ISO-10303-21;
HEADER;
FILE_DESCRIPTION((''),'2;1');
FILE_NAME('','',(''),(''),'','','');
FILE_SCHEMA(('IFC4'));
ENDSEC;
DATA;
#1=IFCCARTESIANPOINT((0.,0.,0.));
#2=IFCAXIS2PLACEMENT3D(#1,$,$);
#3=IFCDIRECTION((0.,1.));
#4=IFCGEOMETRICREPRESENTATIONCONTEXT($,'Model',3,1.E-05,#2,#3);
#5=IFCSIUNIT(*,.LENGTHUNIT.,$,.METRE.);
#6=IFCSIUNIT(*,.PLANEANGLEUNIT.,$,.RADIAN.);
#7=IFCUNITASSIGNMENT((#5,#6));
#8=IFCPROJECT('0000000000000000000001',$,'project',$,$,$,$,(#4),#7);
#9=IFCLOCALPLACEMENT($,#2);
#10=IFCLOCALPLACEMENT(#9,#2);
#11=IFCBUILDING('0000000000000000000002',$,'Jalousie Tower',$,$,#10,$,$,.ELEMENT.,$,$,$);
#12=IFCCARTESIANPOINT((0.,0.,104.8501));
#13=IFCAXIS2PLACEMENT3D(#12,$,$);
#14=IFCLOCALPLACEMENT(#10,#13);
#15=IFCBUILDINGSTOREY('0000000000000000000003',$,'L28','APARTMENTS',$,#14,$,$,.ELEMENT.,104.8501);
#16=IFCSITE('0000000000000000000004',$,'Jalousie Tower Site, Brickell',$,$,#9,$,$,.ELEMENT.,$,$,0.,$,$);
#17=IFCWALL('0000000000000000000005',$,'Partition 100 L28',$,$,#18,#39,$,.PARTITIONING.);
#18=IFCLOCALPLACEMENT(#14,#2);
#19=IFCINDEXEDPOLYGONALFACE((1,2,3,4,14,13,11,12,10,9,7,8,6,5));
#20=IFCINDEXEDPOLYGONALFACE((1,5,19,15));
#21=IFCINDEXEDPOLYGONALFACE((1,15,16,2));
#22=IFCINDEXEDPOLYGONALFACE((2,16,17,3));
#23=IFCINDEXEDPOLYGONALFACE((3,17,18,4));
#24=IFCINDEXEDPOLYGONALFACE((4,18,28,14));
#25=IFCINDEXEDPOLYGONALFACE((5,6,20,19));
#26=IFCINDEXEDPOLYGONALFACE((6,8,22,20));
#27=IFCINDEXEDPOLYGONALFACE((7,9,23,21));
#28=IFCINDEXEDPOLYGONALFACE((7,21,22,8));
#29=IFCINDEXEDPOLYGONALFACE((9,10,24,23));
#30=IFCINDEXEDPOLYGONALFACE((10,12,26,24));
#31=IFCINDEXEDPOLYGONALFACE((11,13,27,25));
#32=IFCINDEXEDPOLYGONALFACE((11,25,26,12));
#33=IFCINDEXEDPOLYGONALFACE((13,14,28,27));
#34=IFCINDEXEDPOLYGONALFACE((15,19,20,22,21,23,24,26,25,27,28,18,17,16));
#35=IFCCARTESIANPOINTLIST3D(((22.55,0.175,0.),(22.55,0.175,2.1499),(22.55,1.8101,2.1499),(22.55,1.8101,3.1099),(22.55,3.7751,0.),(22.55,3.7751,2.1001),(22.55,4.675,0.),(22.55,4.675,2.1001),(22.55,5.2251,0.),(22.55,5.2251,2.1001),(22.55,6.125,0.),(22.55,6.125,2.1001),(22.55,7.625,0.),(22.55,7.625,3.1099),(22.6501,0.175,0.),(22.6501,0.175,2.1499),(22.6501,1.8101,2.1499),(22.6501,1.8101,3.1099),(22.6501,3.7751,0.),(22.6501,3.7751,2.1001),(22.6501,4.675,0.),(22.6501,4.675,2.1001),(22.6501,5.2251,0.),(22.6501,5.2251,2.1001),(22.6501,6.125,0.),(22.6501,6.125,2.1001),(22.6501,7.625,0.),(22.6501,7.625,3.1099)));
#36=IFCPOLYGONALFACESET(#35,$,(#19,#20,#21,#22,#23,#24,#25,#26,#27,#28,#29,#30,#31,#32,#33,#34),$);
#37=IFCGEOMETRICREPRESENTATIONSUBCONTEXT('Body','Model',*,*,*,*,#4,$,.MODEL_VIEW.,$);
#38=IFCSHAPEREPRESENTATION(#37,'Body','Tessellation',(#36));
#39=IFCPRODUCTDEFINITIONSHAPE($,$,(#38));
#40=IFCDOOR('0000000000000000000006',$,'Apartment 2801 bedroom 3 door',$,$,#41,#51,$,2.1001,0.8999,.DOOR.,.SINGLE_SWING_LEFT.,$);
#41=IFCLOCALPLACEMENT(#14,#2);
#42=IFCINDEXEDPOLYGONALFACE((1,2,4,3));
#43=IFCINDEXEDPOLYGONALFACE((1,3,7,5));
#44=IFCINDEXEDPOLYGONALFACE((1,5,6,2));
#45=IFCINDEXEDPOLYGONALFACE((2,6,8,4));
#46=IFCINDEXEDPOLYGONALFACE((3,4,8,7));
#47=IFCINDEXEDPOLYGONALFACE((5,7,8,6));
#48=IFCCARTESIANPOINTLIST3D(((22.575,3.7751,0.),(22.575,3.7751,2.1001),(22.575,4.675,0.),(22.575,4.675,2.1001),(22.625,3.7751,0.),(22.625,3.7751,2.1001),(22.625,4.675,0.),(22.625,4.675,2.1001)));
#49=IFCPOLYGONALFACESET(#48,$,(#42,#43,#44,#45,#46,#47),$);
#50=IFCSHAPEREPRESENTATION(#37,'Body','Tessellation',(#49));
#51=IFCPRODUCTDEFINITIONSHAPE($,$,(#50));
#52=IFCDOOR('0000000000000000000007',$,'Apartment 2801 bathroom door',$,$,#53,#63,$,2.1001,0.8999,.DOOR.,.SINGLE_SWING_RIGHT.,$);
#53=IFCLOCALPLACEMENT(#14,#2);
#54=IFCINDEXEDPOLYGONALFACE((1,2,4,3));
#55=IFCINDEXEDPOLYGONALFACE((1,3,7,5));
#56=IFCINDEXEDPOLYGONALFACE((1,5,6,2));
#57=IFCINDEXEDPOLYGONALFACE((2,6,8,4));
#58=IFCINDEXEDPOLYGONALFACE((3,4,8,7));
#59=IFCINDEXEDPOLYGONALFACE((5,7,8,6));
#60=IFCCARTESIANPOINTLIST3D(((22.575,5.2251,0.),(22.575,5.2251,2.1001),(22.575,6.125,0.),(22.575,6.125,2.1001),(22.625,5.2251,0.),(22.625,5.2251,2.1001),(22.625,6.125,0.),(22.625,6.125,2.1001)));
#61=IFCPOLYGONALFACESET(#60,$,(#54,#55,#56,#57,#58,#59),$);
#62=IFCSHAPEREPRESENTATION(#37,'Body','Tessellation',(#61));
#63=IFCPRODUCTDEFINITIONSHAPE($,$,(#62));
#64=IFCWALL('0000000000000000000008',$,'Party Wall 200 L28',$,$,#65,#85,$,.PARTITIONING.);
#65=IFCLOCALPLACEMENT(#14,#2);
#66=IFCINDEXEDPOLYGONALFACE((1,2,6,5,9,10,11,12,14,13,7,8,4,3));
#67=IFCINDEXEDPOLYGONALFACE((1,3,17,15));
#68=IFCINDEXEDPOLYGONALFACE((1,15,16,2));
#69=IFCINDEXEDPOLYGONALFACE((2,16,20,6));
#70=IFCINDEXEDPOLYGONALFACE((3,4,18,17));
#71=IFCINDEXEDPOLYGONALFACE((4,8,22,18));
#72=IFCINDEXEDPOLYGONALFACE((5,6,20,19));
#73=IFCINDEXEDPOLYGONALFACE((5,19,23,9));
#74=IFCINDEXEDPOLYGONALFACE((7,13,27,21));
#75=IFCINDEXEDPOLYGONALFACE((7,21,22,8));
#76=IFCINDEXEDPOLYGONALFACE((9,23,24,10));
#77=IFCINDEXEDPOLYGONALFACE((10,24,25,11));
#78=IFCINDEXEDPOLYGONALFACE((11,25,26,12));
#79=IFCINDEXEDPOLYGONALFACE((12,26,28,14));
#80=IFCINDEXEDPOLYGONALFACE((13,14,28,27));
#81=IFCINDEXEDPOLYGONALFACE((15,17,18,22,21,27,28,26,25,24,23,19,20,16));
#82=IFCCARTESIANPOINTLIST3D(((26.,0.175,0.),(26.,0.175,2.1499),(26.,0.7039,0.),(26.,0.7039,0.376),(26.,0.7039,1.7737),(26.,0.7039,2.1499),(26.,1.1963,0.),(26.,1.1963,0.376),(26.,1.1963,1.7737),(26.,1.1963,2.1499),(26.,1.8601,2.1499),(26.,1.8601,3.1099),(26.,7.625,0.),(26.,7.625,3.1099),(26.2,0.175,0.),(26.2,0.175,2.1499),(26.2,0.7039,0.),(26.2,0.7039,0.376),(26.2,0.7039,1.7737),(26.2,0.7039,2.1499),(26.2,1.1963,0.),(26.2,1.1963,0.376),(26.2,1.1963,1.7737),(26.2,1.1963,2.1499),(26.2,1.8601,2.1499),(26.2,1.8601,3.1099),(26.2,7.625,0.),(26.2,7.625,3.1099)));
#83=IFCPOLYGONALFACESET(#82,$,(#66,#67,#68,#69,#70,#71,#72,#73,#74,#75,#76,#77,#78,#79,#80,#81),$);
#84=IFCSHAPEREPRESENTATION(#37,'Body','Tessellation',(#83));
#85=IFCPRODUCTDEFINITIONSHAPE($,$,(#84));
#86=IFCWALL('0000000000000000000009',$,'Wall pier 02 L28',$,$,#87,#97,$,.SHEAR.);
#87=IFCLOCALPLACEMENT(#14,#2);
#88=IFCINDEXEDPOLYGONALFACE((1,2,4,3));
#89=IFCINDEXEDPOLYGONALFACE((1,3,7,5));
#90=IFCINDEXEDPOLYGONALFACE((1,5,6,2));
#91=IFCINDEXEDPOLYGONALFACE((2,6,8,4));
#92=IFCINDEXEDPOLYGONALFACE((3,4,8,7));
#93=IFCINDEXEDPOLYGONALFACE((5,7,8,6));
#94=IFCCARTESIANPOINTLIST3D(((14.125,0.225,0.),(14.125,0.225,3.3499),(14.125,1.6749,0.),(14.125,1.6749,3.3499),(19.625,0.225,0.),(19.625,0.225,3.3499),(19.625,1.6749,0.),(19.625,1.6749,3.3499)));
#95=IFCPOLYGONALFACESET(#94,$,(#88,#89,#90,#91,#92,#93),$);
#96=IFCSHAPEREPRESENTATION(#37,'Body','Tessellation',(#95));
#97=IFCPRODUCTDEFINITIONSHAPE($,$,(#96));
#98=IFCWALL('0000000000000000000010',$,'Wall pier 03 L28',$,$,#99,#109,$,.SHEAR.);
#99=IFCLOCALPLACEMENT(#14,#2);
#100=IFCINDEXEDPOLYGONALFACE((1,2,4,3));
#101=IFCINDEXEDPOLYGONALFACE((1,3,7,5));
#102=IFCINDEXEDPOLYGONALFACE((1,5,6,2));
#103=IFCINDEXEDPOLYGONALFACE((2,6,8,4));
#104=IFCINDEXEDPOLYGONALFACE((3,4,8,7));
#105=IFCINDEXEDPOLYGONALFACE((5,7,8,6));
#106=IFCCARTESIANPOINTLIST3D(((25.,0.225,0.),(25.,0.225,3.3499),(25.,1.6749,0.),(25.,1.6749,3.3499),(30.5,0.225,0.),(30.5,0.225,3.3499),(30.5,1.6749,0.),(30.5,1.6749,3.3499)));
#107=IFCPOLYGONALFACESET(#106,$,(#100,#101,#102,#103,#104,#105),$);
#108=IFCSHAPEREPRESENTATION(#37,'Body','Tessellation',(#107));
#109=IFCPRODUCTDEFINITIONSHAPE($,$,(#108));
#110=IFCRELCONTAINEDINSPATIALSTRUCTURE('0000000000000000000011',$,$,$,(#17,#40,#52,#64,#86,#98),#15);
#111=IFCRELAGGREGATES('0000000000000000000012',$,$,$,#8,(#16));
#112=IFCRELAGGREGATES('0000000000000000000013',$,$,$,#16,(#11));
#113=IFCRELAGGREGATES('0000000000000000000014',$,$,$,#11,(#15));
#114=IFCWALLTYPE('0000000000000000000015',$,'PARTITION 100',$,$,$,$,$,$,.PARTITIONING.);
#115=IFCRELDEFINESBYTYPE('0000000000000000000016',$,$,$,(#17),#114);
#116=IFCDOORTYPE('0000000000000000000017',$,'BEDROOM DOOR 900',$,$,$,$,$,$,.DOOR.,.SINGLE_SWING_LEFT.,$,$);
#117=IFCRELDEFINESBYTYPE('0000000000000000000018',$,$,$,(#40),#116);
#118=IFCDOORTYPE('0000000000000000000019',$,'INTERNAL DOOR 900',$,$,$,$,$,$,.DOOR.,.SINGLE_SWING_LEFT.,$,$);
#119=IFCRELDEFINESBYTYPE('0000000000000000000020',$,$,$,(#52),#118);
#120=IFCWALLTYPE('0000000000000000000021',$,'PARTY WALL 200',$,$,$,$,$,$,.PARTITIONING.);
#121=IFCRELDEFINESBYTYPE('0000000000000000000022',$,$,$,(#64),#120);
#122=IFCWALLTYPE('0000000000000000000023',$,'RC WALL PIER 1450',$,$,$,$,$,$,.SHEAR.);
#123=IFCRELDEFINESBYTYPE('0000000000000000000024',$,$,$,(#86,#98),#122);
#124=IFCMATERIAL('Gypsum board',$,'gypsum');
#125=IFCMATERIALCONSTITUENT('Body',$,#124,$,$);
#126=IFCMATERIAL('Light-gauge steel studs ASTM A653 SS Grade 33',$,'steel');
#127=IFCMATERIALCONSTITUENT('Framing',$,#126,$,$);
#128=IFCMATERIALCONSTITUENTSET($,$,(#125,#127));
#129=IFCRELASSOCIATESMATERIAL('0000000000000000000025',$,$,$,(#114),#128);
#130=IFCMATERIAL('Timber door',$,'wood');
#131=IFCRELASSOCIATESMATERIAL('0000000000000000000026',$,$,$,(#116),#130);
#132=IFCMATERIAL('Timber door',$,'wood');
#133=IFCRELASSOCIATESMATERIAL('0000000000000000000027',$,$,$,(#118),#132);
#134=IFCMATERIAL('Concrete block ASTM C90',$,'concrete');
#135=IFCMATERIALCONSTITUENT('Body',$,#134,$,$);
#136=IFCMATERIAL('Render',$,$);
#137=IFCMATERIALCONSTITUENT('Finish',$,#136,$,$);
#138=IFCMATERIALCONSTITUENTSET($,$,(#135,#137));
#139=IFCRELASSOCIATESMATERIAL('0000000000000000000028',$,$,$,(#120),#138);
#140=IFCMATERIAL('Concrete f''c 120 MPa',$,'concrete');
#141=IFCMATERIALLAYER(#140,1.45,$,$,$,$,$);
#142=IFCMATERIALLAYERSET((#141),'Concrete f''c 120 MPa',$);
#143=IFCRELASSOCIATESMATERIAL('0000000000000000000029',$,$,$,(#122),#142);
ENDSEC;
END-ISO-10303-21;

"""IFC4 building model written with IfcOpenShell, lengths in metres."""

from ifc_helpers import new_model, si_unit, direction, frame, frame_2d, origin, place, context, subcontext, project, spatial, polyline, rectangle, outline, extrude, material, layer, layer_set, constituent, constituent_set, type_object, element, fill, save


model = new_model("IFC4")

# Units and contexts
model_context = context("Model", 3, precision=1e-05, world=origin(), true_north=direction((0.0, 1.0)))
body_context = subcontext(model_context, "Body", "Model", "MODEL_VIEW")
ifc_project = project(units=[si_unit("LENGTHUNIT", "METRE"), si_unit("PLANEANGLEUNIT", "RADIAN")], contexts=[model_context])

# Site, building, storey
site_placement = place(None, origin())
site = spatial("IfcSite", under=ifc_project, at=site_placement, Name="Jalousie Tower Site, Brickell", CompositionType="ELEMENT", RefElevation=0.0)
building_placement = place(site_placement, origin())
building = spatial("IfcBuilding", under=site, at=building_placement, Name="Jalousie Tower", CompositionType="ELEMENT")
storey_placement = place(building_placement, frame((0.0, 0.0, 104.8501)))
storey = spatial("IfcBuildingStorey", under=building, at=storey_placement, Name="L28", Description="APARTMENTS", CompositionType="ELEMENT", Elevation=104.8501)

# Shared definitions
ifc_material_1 = material(Name="Gypsum board", Category="gypsum")
ifc_constituent_1 = constituent(ifc_material_1, Name="Body")
ifc_material_2 = material(Name="Light-gauge steel studs ASTM A653 SS Grade 33", Category="steel")
ifc_constituent_2 = constituent(ifc_material_2, Name="Framing")
ifc_constituent_set_1 = constituent_set(constituents=[ifc_constituent_1, ifc_constituent_2])
wall_type_1 = type_object("IfcWallType", Name="PARTITION 100", PredefinedType="PARTITIONING", material=ifc_constituent_set_1)
ifc_material_3 = material(Name="Timber door", Category="wood")
door_type_1 = type_object("IfcDoorType", Name="BEDROOM DOOR 900", OperationType="SINGLE_SWING_LEFT", PredefinedType="DOOR", material=ifc_material_3)

# Wall, openings, doors
wall_1_placement = place(storey_placement, frame((22.6001, 0.175, 0.0), z_axis=(0.0, 0.0, 1.0), x_axis=(0.0, 1.0, 0.0)))
wall_1 = element("IfcWall", 1, at=wall_1_placement, inside=storey, type_object=wall_type_1, Name="Partition 100 L28", PredefinedType="PARTITIONING", context=body_context, shape_type="SweptSolid", body=[
    extrude(outline(polyline([(0.0, 0.0), (7.45, 0.0), (7.45, 3.1099), (1.635, 3.1099), (1.635, 2.1499), (0.0, 2.1499), (0.0, 3.1099), (0.0, 0.0)])), frame((0.0, 0.05, 0.0), z_axis=(0.0, -1.0, 0.0), x_axis=(1.0, 0.0, 0.0)), (0.0, 0.0, 1.0), 0.1001),
])
opening_1_placement = place(wall_1_placement, frame((3.6001, 0.0, 0.0)))
opening_1 = element("IfcOpeningElement", 2, at=opening_1_placement, cuts=wall_1, PredefinedType="OPENING", context=body_context, shape_type="SweptSolid", body=[
    extrude(rectangle(XDim=0.8999, YDim=2.1001, at=frame_2d((0.45, 1.05))), frame((0.0, 0.0601, 0.0), z_axis=(0.0, -1.0, 0.0), x_axis=(1.0, 0.0, 0.0)), (0.0, 0.0, 1.0), 0.1201),
])
opening_2_placement = place(wall_1_placement, frame((5.05, 0.0, 0.0)))
opening_2 = element("IfcOpeningElement", 3, at=opening_2_placement, cuts=wall_1, PredefinedType="OPENING", context=body_context, shape_type="SweptSolid", body=[
    extrude(rectangle(XDim=0.8999, YDim=2.1001, at=frame_2d((0.45, 1.05))), frame((0.0, 0.0601, 0.0), z_axis=(0.0, -1.0, 0.0), x_axis=(1.0, 0.0, 0.0)), (0.0, 0.0, 1.0), 0.1201),
])
door_1_placement = place(opening_1_placement, frame((0.8999, 0.0, 0.0), z_axis=(0.0, 0.0, 1.0), x_axis=(-1.0, 0.0, 0.0)))
door_1 = element("IfcDoor", 4, at=door_1_placement, inside=storey, type_object=door_type_1, Name="Apartment 2801 bedroom 3 door", OperationType="SINGLE_SWING_LEFT", OverallHeight=2.1001, OverallWidth=0.8999, PredefinedType="DOOR", context=body_context, shape_type="SweptSolid", body=[
    extrude(rectangle(XDim=0.8999, YDim=2.1001, at=frame_2d((0.45, 1.05))), frame((0.0, 0.0249, 0.0), z_axis=(0.0, -1.0, 0.0), x_axis=(1.0, 0.0, 0.0)), (0.0, 0.0, 1.0), 0.05),
])
fill(opening_1, door_1)
ifc_material_4 = material(Name="Timber door", Category="wood")
door_type_2 = type_object("IfcDoorType", Name="INTERNAL DOOR 900", OperationType="SINGLE_SWING_LEFT", PredefinedType="DOOR", material=ifc_material_4)
door_2_placement = place(opening_2_placement, frame((0.8999, 0.0, 0.0), z_axis=(0.0, 0.0, 1.0), x_axis=(-1.0, 0.0, 0.0)))
door_2 = element("IfcDoor", 5, at=door_2_placement, inside=storey, type_object=door_type_2, Name="Apartment 2801 bathroom door", OperationType="SINGLE_SWING_RIGHT", OverallHeight=2.1001, OverallWidth=0.8999, PredefinedType="DOOR", context=body_context, shape_type="SweptSolid", body=[
    extrude(rectangle(XDim=0.8999, YDim=2.1001, at=frame_2d((0.45, 1.05))), frame((0.0, 0.0249, 0.0), z_axis=(0.0, -1.0, 0.0), x_axis=(1.0, 0.0, 0.0)), (0.0, 0.0, 1.0), 0.05),
])
fill(opening_2, door_2)

# Walls
ifc_material_5 = material(Name="Concrete block ASTM C90", Category="concrete")
ifc_constituent_3 = constituent(ifc_material_5, Name="Body")
ifc_material_6 = material(Name="Render")
ifc_constituent_4 = constituent(ifc_material_6, Name="Finish")
ifc_constituent_set_2 = constituent_set(constituents=[ifc_constituent_3, ifc_constituent_4])
wall_type_2 = type_object("IfcWallType", Name="PARTY WALL 200", PredefinedType="PARTITIONING", material=ifc_constituent_set_2)
wall_2_placement = place(storey_placement, frame((26.1001, 0.175, 0.0), z_axis=(0.0, 0.0, 1.0), x_axis=(0.0, 1.0, 0.0)))
element("IfcWall", 6, at=wall_2_placement, inside=storey, type_object=wall_type_2, Name="Party Wall 200 L28", PredefinedType="PARTITIONING", context=body_context, shape_type="SweptSolid", body=[
    extrude(outline(polyline([(0.5288, 2.1499), (0.0, 2.1499), (0.0, 0.0), (0.5288, 0.0), (0.5288, 0.376), (1.0212, 0.376), (1.0212, 0.0), (7.45, 0.0), (7.45, 3.1099), (1.6851, 3.1099), (1.6851, 2.1499), (1.0212, 2.1499), (1.0212, 1.7737), (0.5288, 1.7737), (0.5288, 2.1499)])), frame((0.0, 0.1001, 0.0), z_axis=(0.0, -1.0, 0.0), x_axis=(1.0, 0.0, 0.0)), (0.0, 0.0, 1.0), 0.2),
])
ifc_material_7 = material(Name="Concrete f'c 120 MPa", Category="concrete")
ifc_layer_1 = layer(ifc_material_7, 1.45)
ifc_layer_set_1 = layer_set([ifc_layer_1], Name="Concrete f'c 120 MPa")
wall_type_3 = type_object("IfcWallType", Name="RC WALL PIER 1450", PredefinedType="SHEAR", material=ifc_layer_set_1)
for number, where, z_axis, x_axis, name in (
    (7, (14.125, 0.95, 0.0), (0.0, 0.0, 1.0), (1.0, 0.0, 0.0), "Wall pier 02 L28"),
    (8, (25.0, 0.95, 0.0), (0.0, 0.0, 1.0), (1.0, 0.0, 0.0), "Wall pier 03 L28"),
):
    element("IfcWall", number, at=place(storey_placement, frame(where, z_axis=z_axis, x_axis=x_axis)), inside=storey, type_object=wall_type_3, Name=name, PredefinedType="SHEAR", context=body_context, shape_type="SweptSolid", body=[
        extrude(rectangle(XDim=5.5, YDim=1.45, at=frame_2d((2.75, 0.0))), origin(), (0.0, 0.0, 1.0), 3.3499),
    ])

save(model, "model.ifc")
